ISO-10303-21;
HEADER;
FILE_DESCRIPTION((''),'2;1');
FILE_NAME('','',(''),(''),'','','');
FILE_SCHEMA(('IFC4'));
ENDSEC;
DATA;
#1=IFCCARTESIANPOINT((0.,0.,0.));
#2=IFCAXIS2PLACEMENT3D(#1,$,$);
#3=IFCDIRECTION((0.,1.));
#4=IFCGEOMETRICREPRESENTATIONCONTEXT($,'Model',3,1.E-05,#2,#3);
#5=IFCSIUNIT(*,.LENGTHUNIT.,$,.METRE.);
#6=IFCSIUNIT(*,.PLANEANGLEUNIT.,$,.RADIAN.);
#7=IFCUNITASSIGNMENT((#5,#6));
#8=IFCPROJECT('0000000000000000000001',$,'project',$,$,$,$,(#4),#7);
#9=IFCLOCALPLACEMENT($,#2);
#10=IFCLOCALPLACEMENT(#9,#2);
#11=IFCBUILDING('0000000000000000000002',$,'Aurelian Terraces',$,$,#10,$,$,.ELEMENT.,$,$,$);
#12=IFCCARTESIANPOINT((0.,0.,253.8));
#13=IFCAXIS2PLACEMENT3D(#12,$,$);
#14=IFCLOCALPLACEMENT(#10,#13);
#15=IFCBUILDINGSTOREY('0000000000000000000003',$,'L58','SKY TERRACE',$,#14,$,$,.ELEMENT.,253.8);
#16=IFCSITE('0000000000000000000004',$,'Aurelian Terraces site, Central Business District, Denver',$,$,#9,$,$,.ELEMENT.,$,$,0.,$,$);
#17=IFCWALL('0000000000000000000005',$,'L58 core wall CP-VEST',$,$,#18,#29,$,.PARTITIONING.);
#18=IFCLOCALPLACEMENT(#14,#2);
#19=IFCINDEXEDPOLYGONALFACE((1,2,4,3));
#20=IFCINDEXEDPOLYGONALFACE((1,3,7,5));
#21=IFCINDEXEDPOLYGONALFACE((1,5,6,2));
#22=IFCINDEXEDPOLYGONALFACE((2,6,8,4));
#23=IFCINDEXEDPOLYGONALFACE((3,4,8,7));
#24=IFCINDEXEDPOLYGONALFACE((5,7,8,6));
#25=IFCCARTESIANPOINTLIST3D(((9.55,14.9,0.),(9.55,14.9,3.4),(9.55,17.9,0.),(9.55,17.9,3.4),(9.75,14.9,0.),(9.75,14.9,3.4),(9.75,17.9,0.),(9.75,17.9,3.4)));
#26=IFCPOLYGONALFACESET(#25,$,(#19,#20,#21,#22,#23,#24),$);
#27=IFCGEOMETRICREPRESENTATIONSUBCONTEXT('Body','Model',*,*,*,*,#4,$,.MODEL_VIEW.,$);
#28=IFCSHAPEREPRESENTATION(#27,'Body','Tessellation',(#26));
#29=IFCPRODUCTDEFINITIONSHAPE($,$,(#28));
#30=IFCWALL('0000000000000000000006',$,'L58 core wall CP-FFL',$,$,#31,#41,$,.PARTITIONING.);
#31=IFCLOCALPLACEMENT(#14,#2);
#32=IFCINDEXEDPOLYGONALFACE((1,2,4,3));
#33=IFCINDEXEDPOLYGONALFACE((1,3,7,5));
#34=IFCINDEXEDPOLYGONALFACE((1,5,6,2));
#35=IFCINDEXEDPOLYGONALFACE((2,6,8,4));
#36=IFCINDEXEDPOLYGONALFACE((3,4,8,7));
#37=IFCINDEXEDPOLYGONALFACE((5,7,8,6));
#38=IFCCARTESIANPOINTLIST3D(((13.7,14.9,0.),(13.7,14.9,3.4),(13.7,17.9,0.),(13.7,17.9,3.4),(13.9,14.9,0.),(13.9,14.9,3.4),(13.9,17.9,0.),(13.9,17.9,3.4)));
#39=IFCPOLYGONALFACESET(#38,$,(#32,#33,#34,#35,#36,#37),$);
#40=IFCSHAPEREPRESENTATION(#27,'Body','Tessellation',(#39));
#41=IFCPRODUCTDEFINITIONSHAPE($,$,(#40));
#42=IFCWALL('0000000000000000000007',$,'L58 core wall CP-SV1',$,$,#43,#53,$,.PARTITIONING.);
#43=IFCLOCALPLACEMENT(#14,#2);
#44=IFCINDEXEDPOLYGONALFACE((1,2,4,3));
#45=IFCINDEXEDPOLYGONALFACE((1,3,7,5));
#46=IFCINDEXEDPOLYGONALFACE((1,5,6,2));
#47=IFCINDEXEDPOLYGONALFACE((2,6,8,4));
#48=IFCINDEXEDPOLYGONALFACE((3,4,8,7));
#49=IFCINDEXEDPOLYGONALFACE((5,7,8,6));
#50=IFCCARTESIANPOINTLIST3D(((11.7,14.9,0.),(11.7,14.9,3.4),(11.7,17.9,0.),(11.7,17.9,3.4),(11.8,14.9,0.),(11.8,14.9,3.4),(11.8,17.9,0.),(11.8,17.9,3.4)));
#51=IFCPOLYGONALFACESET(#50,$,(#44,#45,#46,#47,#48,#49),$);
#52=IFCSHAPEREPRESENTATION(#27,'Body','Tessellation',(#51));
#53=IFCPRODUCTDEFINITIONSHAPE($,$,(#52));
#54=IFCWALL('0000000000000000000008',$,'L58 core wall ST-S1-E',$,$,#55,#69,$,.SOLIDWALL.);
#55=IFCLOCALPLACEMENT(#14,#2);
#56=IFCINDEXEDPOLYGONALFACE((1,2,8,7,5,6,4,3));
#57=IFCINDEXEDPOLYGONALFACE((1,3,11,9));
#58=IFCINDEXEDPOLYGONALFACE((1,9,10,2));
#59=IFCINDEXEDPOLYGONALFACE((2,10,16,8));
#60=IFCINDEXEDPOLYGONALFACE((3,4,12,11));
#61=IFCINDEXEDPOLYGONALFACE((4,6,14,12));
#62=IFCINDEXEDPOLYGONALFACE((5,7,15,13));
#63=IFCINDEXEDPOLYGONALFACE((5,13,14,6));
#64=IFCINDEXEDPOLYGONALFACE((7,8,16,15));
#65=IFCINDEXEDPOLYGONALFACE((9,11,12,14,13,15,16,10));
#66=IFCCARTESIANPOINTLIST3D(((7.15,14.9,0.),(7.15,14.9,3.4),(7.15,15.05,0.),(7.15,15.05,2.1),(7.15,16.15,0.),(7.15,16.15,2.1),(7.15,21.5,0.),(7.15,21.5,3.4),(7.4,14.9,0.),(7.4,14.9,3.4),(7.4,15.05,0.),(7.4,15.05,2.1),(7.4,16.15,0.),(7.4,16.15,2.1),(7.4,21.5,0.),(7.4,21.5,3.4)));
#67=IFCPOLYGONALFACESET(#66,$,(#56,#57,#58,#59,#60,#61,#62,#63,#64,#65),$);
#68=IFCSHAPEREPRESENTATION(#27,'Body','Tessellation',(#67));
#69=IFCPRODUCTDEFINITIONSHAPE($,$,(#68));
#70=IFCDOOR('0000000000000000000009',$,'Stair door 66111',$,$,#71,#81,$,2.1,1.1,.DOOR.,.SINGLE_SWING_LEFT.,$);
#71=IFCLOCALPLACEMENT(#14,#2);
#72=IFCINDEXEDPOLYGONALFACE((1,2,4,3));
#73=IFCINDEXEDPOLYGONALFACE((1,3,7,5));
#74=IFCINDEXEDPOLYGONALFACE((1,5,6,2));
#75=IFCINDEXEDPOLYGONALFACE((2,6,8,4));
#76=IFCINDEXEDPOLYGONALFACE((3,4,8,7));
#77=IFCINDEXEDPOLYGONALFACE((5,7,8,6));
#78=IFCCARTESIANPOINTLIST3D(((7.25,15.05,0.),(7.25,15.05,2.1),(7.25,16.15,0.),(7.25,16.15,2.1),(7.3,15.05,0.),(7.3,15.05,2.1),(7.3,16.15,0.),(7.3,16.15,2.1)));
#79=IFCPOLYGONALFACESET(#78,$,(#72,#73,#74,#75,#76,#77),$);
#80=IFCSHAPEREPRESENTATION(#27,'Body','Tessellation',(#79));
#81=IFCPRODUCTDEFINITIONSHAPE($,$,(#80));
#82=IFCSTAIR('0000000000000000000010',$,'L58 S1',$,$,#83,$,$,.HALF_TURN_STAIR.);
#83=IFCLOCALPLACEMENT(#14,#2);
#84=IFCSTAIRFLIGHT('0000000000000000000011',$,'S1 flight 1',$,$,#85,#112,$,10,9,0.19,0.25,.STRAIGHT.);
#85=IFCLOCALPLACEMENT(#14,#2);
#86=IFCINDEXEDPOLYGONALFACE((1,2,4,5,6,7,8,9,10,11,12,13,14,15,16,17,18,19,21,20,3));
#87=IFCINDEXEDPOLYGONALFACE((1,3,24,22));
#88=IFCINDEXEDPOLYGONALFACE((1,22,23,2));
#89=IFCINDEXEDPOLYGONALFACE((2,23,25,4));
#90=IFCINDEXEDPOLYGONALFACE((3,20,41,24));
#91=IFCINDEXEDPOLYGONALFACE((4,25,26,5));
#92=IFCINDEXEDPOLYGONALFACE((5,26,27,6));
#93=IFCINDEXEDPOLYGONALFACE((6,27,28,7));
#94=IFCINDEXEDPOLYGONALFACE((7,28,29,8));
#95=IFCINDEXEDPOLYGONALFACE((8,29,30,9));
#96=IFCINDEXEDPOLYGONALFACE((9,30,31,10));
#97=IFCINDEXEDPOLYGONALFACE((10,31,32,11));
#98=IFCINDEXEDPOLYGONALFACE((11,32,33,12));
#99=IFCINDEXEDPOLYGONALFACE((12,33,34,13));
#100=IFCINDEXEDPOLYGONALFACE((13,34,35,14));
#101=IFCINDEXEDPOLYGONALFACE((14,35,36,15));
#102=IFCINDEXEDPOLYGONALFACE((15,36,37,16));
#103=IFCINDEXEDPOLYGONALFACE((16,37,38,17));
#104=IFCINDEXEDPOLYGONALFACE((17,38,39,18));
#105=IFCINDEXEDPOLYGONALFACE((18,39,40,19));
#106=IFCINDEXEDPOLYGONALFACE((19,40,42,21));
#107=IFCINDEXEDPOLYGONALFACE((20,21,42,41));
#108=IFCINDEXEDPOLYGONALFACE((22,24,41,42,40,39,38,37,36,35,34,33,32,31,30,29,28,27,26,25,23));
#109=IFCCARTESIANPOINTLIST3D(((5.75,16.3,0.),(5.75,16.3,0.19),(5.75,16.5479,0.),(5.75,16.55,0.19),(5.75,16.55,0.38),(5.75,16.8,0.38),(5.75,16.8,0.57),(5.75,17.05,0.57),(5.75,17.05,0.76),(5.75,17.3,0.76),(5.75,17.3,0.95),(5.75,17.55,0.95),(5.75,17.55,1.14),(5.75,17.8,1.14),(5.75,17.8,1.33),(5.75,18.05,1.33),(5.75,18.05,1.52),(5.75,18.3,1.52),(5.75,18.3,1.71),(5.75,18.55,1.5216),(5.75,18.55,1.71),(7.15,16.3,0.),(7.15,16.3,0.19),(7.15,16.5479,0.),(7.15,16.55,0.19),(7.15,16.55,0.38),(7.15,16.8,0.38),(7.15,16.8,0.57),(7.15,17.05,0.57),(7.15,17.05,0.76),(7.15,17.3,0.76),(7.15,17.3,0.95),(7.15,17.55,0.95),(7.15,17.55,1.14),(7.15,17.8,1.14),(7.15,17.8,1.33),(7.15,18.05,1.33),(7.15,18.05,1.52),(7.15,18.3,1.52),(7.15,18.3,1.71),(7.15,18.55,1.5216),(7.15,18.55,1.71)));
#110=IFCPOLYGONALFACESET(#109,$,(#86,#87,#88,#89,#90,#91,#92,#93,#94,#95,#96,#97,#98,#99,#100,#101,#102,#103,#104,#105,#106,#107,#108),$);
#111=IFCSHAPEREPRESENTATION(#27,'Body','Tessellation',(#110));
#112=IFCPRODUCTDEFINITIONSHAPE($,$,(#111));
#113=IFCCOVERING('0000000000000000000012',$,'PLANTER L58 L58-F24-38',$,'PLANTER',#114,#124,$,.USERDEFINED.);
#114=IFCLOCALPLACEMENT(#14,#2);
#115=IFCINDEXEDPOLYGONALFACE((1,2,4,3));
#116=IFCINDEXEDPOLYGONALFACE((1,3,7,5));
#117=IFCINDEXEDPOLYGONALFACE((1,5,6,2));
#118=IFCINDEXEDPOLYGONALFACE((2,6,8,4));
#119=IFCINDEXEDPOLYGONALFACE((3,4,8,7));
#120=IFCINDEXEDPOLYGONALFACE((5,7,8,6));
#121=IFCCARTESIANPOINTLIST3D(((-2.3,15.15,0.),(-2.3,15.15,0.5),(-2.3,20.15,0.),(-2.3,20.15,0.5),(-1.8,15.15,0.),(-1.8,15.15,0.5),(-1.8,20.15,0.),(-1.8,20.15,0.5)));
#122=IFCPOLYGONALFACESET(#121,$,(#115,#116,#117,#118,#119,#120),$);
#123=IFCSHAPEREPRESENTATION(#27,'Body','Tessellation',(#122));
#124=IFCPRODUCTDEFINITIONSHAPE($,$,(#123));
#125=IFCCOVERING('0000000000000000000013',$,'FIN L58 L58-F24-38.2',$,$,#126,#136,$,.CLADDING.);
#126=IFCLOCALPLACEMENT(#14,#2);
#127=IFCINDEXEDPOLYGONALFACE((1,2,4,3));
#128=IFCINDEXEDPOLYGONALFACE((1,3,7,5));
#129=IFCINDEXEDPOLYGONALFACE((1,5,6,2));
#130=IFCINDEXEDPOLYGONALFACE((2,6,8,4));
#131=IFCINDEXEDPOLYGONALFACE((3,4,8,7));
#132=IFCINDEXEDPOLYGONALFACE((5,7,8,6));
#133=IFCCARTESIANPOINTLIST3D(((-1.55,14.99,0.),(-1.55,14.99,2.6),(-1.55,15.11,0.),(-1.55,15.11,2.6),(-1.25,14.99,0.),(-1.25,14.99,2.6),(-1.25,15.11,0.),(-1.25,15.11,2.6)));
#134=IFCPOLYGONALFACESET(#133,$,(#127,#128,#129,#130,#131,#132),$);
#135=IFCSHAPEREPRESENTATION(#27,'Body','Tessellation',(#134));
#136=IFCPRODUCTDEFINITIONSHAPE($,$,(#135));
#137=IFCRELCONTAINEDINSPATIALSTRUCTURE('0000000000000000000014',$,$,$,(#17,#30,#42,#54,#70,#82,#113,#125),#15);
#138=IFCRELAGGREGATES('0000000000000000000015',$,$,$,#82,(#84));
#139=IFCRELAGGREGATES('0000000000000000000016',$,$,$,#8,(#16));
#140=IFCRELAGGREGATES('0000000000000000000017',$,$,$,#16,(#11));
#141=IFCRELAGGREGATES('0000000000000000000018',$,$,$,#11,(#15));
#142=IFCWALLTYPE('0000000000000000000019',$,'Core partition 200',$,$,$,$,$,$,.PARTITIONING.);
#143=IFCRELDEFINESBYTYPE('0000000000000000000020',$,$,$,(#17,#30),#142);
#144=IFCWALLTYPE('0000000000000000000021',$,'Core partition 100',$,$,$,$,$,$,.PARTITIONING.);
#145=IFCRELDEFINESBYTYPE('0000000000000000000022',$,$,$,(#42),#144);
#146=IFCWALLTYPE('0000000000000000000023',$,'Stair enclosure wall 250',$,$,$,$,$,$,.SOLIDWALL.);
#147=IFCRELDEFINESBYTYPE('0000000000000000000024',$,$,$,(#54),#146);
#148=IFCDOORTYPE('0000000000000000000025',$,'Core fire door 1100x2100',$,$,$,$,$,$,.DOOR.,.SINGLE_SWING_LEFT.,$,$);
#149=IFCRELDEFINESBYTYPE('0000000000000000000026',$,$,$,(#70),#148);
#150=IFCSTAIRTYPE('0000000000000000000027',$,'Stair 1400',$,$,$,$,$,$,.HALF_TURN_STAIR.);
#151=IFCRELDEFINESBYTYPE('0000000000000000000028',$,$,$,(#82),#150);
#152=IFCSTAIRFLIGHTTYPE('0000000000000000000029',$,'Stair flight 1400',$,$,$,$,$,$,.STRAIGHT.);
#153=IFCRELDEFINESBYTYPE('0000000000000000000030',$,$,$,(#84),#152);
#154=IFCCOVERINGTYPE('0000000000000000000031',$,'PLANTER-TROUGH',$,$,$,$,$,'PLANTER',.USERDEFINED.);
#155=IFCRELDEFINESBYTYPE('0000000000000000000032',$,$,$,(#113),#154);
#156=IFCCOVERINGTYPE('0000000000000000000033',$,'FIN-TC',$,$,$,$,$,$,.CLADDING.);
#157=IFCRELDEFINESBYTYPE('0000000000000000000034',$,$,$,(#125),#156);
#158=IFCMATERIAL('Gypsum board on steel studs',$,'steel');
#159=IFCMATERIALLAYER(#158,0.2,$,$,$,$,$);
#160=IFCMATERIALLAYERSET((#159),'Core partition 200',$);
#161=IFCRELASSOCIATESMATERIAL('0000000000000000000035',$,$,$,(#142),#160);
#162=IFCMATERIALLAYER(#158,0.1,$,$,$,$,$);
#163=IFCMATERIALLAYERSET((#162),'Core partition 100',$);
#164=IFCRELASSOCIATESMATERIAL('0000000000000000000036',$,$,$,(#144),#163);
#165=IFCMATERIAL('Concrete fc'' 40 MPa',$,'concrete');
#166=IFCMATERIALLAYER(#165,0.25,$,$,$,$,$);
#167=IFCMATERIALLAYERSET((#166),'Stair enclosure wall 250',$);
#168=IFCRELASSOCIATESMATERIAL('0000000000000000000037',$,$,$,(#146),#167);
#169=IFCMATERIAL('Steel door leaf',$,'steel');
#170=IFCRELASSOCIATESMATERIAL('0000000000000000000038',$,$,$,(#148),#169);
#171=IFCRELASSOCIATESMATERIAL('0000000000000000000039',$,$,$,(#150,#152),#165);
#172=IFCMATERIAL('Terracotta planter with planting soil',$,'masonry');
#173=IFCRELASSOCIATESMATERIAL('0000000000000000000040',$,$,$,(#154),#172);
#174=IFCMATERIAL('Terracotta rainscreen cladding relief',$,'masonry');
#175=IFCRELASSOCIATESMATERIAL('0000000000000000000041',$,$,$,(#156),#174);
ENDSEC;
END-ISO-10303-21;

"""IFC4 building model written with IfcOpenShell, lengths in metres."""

from ifc_helpers import new_model, si_unit, direction, frame, frame_2d, origin, origin_2d, place, context, subcontext, project, spatial, polyline, rectangle, outline, extrude, source, transform, mapped, material, layer, layer_set, type_object, element, fill, aggregate, save


model = new_model("IFC4")

# Units and contexts
model_context = context("Model", 3, precision=1e-05, world=origin(), true_north=direction((0.0, 1.0)))
body_context = subcontext(model_context, "Body", "Model", "MODEL_VIEW")
ifc_project = project(units=[si_unit("LENGTHUNIT", "METRE"), si_unit("PLANEANGLEUNIT", "RADIAN")], contexts=[model_context])

# Site, building, storey
site_placement = place(None, origin())
site = spatial("IfcSite", under=ifc_project, at=site_placement, Name="Aurelian Terraces site, Central Business District, Denver", CompositionType="ELEMENT", RefElevation=0.0)
building_placement = place(site_placement, origin())
building = spatial("IfcBuilding", under=site, at=building_placement, Name="Aurelian Terraces", CompositionType="ELEMENT")
storey_placement = place(building_placement, frame((0.0, 0.0, 253.8)))
storey = spatial("IfcBuildingStorey", under=building, at=storey_placement, Name="L58", Description="SKY TERRACE", CompositionType="ELEMENT", Elevation=253.8)

# Shared definitions
ifc_material_1 = material(Name="Concrete fc' 40 MPa", Category="concrete")

# Shared definitions
shared_shape_1 = source(origin(), body_context, "Body", "SweptSolid", [
    extrude(rectangle(XDim=1.1, YDim=2.1, at=frame_2d((0.55, 1.05))), frame((0.0, 0.025, 0.0), z_axis=(0.0, -1.0, 0.0), x_axis=(1.0, 0.0, 0.0)), (0.0, 0.0, 1.0), 0.05),
])

# Walls
ifc_material_2 = material(Name="Gypsum board on steel studs", Category="steel")
ifc_layer_1 = layer(ifc_material_2, 0.2)
ifc_layer_set_1 = layer_set([ifc_layer_1], Name="Core partition 200")
wall_type_1 = type_object("IfcWallType", Name="Core partition 200", PredefinedType="PARTITIONING", material=ifc_layer_set_1)
shared_shape_2 = source(origin(), body_context, "Body", "SweptSolid", [
    extrude(rectangle(XDim=3.0, YDim=0.2, at=frame_2d((1.5, 0.0))), origin(), (0.0, 0.0, 1.0), 3.4),
])
for number, where, z_axis, x_axis, name in (
    (1, (9.65, 14.9, 0.0), (0.0, 0.0, 1.0), (0.0, 1.0, 0.0), "L58 core wall CP-VEST"),
    (2, (13.8, 14.9, 0.0), (0.0, 0.0, 1.0), (0.0, 1.0, 0.0), "L58 core wall CP-FFL"),
):
    element("IfcWall", number, at=place(storey_placement, frame(where, z_axis=z_axis, x_axis=x_axis)), inside=storey, type_object=wall_type_1, Name=name, PredefinedType="PARTITIONING", context=body_context, shape_type="MappedRepresentation", body=[
        mapped(shared_shape_2, transform((0.0, 0.0, 0.0), scale=1.0)),
    ])
ifc_layer_2 = layer(ifc_material_2, 0.1)
ifc_layer_set_2 = layer_set([ifc_layer_2], Name="Core partition 100")
wall_type_2 = type_object("IfcWallType", Name="Core partition 100", PredefinedType="PARTITIONING", material=ifc_layer_set_2)
shared_shape_3 = source(origin(), body_context, "Body", "SweptSolid", [
    extrude(rectangle(XDim=3.0, YDim=0.1, at=frame_2d((1.5, 0.0))), origin(), (0.0, 0.0, 1.0), 3.4),
])
wall_1_placement = place(storey_placement, frame((11.75, 14.9, 0.0), z_axis=(0.0, 0.0, 1.0), x_axis=(0.0, 1.0, 0.0)))
element("IfcWall", 3, at=wall_1_placement, inside=storey, type_object=wall_type_2, Name="L58 core wall CP-SV1", PredefinedType="PARTITIONING", context=body_context, shape_type="MappedRepresentation", body=[
    mapped(shared_shape_3, transform((0.0, 0.0, 0.0), scale=1.0)),
])

# Wall, opening, door
ifc_layer_3 = layer(ifc_material_1, 0.25)
ifc_layer_set_3 = layer_set([ifc_layer_3], Name="Stair enclosure wall 250")
wall_type_3 = type_object("IfcWallType", Name="Stair enclosure wall 250", PredefinedType="SOLIDWALL", material=ifc_layer_set_3)
shared_shape_4 = source(origin(), body_context, "Body", "SweptSolid", [
    extrude(rectangle(XDim=6.6, YDim=0.25, at=frame_2d((3.3, 0.0))), origin(), (0.0, 0.0, 1.0), 3.4),
])
wall_2_placement = place(storey_placement, frame((7.275, 14.9, 0.0), z_axis=(0.0, 0.0, 1.0), x_axis=(0.0, 1.0, 0.0)))
wall_2 = element("IfcWall", 4, at=wall_2_placement, inside=storey, type_object=wall_type_3, Name="L58 core wall ST-S1-E", PredefinedType="SOLIDWALL", context=body_context, shape_type="MappedRepresentation", body=[
    mapped(shared_shape_4, transform((0.0, 0.0, 0.0), scale=1.0)),
])
shared_shape_5 = source(origin(), body_context, "Body", "SweptSolid", [
    extrude(rectangle(XDim=1.1, YDim=2.1, at=frame_2d((0.55, 1.05))), frame((0.0, 0.135, 0.0), z_axis=(0.0, -1.0, 0.0), x_axis=(1.0, 0.0, 0.0)), (0.0, 0.0, 1.0), 0.27),
])
opening_1_placement = place(wall_2_placement, frame((0.15, 0.0, 0.0)))
opening_1 = element("IfcOpeningElement", 5, at=opening_1_placement, cuts=wall_2, PredefinedType="OPENING", context=body_context, shape_type="MappedRepresentation", body=[
    mapped(shared_shape_5, transform((0.0, 0.0, 0.0), scale=1.0)),
])
ifc_material_3 = material(Name="Steel door leaf", Category="steel")
door_type_1 = type_object("IfcDoorType", Name="Core fire door 1100x2100", OperationType="SINGLE_SWING_LEFT", PredefinedType="DOOR", material=ifc_material_3)
door_1_placement = place(opening_1_placement, origin())
door_1 = element("IfcDoor", 6, at=door_1_placement, inside=storey, type_object=door_type_1, Name="Stair door 66111", OperationType="SINGLE_SWING_LEFT", OverallHeight=2.1, OverallWidth=1.1, PredefinedType="DOOR", context=body_context, shape_type="MappedRepresentation", body=[
    mapped(shared_shape_1, transform((0.0, 0.0, 0.0), scale=1.0)),
])
fill(opening_1, door_1)

# Stair, stair flight
stair_type = type_object("IfcStairType", Name="Stair 1400", PredefinedType="HALF_TURN_STAIR", material=ifc_material_1)
stair_placement = place(storey_placement, origin())
stair = element("IfcStair", 7, at=stair_placement, inside=storey, type_object=stair_type, Name="L58 S1", PredefinedType="HALF_TURN_STAIR")
stair_flight_type = type_object("IfcStairFlightType", Name="Stair flight 1400", PredefinedType="STRAIGHT", material=ifc_material_1)
shared_shape_6 = source(origin(), body_context, "Body", "SweptSolid", [
    extrude(outline(polyline([(0.0, 0.0), (0.0, 0.19), (0.25, 0.19), (0.25, 0.38), (0.5, 0.38), (0.5, 0.57), (0.75, 0.57), (0.75, 0.76), (1.0, 0.76), (1.0, 0.95), (1.25, 0.95), (1.25, 1.14), (1.5, 1.14), (1.5, 1.33), (1.75, 1.33), (1.75, 1.52), (2.0, 1.52), (2.0, 1.71), (2.25, 1.71), (2.25, 1.9), (2.25, 1.5216), (0.2479, 0.0), (0.0, 0.0)])), frame((0.0, 0.7, 0.0), z_axis=(0.0, -1.0, 0.0), x_axis=(1.0, 0.0, 0.0)), (0.0, 0.0, 1.0), 1.4),
])
stair_flight_placement = place(storey_placement, frame((6.45, 16.3, 0.0), z_axis=(0.0, 0.0, 1.0), x_axis=(0.0, 1.0, 0.0)))
stair_flight = element("IfcStairFlight", 8, at=stair_flight_placement, type_object=stair_flight_type, Name="S1 flight 1", NumberOfRisers=10, NumberOfTreads=9, PredefinedType="STRAIGHT", RiserHeight=0.19, TreadLength=0.25, context=body_context, shape_type="MappedRepresentation", body=[
    mapped(shared_shape_6, transform((0.0, 0.0, 0.0), scale=1.0)),
])
aggregate(stair, [stair_flight])

# Coverings
ifc_material_4 = material(Name="Terracotta planter with planting soil", Category="masonry")
covering_type_1 = type_object("IfcCoveringType", Name="PLANTER-TROUGH", ElementType="PLANTER", PredefinedType="USERDEFINED", material=ifc_material_4)
covering_1_placement = place(storey_placement, frame((-2.05, 17.65, 0.0), z_axis=(0.0, 0.0, 1.0), x_axis=(1.0, 0.0, 0.0)))
element("IfcCovering", 9, at=covering_1_placement, inside=storey, type_object=covering_type_1, Name="PLANTER L58 L58-F24-38", ObjectType="PLANTER", PredefinedType="USERDEFINED", context=body_context, shape_type="SweptSolid", body=[
    extrude(rectangle(XDim=0.5, YDim=5.0, at=origin_2d()), origin(), (0.0, 0.0, 1.0), 0.5),
])
ifc_material_5 = material(Name="Terracotta rainscreen cladding relief", Category="masonry")
covering_type_2 = type_object("IfcCoveringType", Name="FIN-TC", PredefinedType="CLADDING", material=ifc_material_5)
shared_shape_7 = source(origin(), body_context, "Body", "SweptSolid", [
    extrude(rectangle(XDim=0.3, YDim=0.12, at=origin_2d()), origin(), (0.0, 0.0, 1.0), 2.6),
])
covering_2_placement = place(storey_placement, frame((-1.4, 15.05, 0.0), z_axis=(0.0, 0.0, 1.0), x_axis=(1.0, 0.0, 0.0)))
element("IfcCovering", 10, at=covering_2_placement, inside=storey, type_object=covering_type_2, Name="FIN L58 L58-F24-38.2", PredefinedType="CLADDING", context=body_context, shape_type="MappedRepresentation", body=[
    mapped(shared_shape_7, transform((0.0, 0.0, 0.0), scale=1.0)),
])

save(model, "model.ifc")
